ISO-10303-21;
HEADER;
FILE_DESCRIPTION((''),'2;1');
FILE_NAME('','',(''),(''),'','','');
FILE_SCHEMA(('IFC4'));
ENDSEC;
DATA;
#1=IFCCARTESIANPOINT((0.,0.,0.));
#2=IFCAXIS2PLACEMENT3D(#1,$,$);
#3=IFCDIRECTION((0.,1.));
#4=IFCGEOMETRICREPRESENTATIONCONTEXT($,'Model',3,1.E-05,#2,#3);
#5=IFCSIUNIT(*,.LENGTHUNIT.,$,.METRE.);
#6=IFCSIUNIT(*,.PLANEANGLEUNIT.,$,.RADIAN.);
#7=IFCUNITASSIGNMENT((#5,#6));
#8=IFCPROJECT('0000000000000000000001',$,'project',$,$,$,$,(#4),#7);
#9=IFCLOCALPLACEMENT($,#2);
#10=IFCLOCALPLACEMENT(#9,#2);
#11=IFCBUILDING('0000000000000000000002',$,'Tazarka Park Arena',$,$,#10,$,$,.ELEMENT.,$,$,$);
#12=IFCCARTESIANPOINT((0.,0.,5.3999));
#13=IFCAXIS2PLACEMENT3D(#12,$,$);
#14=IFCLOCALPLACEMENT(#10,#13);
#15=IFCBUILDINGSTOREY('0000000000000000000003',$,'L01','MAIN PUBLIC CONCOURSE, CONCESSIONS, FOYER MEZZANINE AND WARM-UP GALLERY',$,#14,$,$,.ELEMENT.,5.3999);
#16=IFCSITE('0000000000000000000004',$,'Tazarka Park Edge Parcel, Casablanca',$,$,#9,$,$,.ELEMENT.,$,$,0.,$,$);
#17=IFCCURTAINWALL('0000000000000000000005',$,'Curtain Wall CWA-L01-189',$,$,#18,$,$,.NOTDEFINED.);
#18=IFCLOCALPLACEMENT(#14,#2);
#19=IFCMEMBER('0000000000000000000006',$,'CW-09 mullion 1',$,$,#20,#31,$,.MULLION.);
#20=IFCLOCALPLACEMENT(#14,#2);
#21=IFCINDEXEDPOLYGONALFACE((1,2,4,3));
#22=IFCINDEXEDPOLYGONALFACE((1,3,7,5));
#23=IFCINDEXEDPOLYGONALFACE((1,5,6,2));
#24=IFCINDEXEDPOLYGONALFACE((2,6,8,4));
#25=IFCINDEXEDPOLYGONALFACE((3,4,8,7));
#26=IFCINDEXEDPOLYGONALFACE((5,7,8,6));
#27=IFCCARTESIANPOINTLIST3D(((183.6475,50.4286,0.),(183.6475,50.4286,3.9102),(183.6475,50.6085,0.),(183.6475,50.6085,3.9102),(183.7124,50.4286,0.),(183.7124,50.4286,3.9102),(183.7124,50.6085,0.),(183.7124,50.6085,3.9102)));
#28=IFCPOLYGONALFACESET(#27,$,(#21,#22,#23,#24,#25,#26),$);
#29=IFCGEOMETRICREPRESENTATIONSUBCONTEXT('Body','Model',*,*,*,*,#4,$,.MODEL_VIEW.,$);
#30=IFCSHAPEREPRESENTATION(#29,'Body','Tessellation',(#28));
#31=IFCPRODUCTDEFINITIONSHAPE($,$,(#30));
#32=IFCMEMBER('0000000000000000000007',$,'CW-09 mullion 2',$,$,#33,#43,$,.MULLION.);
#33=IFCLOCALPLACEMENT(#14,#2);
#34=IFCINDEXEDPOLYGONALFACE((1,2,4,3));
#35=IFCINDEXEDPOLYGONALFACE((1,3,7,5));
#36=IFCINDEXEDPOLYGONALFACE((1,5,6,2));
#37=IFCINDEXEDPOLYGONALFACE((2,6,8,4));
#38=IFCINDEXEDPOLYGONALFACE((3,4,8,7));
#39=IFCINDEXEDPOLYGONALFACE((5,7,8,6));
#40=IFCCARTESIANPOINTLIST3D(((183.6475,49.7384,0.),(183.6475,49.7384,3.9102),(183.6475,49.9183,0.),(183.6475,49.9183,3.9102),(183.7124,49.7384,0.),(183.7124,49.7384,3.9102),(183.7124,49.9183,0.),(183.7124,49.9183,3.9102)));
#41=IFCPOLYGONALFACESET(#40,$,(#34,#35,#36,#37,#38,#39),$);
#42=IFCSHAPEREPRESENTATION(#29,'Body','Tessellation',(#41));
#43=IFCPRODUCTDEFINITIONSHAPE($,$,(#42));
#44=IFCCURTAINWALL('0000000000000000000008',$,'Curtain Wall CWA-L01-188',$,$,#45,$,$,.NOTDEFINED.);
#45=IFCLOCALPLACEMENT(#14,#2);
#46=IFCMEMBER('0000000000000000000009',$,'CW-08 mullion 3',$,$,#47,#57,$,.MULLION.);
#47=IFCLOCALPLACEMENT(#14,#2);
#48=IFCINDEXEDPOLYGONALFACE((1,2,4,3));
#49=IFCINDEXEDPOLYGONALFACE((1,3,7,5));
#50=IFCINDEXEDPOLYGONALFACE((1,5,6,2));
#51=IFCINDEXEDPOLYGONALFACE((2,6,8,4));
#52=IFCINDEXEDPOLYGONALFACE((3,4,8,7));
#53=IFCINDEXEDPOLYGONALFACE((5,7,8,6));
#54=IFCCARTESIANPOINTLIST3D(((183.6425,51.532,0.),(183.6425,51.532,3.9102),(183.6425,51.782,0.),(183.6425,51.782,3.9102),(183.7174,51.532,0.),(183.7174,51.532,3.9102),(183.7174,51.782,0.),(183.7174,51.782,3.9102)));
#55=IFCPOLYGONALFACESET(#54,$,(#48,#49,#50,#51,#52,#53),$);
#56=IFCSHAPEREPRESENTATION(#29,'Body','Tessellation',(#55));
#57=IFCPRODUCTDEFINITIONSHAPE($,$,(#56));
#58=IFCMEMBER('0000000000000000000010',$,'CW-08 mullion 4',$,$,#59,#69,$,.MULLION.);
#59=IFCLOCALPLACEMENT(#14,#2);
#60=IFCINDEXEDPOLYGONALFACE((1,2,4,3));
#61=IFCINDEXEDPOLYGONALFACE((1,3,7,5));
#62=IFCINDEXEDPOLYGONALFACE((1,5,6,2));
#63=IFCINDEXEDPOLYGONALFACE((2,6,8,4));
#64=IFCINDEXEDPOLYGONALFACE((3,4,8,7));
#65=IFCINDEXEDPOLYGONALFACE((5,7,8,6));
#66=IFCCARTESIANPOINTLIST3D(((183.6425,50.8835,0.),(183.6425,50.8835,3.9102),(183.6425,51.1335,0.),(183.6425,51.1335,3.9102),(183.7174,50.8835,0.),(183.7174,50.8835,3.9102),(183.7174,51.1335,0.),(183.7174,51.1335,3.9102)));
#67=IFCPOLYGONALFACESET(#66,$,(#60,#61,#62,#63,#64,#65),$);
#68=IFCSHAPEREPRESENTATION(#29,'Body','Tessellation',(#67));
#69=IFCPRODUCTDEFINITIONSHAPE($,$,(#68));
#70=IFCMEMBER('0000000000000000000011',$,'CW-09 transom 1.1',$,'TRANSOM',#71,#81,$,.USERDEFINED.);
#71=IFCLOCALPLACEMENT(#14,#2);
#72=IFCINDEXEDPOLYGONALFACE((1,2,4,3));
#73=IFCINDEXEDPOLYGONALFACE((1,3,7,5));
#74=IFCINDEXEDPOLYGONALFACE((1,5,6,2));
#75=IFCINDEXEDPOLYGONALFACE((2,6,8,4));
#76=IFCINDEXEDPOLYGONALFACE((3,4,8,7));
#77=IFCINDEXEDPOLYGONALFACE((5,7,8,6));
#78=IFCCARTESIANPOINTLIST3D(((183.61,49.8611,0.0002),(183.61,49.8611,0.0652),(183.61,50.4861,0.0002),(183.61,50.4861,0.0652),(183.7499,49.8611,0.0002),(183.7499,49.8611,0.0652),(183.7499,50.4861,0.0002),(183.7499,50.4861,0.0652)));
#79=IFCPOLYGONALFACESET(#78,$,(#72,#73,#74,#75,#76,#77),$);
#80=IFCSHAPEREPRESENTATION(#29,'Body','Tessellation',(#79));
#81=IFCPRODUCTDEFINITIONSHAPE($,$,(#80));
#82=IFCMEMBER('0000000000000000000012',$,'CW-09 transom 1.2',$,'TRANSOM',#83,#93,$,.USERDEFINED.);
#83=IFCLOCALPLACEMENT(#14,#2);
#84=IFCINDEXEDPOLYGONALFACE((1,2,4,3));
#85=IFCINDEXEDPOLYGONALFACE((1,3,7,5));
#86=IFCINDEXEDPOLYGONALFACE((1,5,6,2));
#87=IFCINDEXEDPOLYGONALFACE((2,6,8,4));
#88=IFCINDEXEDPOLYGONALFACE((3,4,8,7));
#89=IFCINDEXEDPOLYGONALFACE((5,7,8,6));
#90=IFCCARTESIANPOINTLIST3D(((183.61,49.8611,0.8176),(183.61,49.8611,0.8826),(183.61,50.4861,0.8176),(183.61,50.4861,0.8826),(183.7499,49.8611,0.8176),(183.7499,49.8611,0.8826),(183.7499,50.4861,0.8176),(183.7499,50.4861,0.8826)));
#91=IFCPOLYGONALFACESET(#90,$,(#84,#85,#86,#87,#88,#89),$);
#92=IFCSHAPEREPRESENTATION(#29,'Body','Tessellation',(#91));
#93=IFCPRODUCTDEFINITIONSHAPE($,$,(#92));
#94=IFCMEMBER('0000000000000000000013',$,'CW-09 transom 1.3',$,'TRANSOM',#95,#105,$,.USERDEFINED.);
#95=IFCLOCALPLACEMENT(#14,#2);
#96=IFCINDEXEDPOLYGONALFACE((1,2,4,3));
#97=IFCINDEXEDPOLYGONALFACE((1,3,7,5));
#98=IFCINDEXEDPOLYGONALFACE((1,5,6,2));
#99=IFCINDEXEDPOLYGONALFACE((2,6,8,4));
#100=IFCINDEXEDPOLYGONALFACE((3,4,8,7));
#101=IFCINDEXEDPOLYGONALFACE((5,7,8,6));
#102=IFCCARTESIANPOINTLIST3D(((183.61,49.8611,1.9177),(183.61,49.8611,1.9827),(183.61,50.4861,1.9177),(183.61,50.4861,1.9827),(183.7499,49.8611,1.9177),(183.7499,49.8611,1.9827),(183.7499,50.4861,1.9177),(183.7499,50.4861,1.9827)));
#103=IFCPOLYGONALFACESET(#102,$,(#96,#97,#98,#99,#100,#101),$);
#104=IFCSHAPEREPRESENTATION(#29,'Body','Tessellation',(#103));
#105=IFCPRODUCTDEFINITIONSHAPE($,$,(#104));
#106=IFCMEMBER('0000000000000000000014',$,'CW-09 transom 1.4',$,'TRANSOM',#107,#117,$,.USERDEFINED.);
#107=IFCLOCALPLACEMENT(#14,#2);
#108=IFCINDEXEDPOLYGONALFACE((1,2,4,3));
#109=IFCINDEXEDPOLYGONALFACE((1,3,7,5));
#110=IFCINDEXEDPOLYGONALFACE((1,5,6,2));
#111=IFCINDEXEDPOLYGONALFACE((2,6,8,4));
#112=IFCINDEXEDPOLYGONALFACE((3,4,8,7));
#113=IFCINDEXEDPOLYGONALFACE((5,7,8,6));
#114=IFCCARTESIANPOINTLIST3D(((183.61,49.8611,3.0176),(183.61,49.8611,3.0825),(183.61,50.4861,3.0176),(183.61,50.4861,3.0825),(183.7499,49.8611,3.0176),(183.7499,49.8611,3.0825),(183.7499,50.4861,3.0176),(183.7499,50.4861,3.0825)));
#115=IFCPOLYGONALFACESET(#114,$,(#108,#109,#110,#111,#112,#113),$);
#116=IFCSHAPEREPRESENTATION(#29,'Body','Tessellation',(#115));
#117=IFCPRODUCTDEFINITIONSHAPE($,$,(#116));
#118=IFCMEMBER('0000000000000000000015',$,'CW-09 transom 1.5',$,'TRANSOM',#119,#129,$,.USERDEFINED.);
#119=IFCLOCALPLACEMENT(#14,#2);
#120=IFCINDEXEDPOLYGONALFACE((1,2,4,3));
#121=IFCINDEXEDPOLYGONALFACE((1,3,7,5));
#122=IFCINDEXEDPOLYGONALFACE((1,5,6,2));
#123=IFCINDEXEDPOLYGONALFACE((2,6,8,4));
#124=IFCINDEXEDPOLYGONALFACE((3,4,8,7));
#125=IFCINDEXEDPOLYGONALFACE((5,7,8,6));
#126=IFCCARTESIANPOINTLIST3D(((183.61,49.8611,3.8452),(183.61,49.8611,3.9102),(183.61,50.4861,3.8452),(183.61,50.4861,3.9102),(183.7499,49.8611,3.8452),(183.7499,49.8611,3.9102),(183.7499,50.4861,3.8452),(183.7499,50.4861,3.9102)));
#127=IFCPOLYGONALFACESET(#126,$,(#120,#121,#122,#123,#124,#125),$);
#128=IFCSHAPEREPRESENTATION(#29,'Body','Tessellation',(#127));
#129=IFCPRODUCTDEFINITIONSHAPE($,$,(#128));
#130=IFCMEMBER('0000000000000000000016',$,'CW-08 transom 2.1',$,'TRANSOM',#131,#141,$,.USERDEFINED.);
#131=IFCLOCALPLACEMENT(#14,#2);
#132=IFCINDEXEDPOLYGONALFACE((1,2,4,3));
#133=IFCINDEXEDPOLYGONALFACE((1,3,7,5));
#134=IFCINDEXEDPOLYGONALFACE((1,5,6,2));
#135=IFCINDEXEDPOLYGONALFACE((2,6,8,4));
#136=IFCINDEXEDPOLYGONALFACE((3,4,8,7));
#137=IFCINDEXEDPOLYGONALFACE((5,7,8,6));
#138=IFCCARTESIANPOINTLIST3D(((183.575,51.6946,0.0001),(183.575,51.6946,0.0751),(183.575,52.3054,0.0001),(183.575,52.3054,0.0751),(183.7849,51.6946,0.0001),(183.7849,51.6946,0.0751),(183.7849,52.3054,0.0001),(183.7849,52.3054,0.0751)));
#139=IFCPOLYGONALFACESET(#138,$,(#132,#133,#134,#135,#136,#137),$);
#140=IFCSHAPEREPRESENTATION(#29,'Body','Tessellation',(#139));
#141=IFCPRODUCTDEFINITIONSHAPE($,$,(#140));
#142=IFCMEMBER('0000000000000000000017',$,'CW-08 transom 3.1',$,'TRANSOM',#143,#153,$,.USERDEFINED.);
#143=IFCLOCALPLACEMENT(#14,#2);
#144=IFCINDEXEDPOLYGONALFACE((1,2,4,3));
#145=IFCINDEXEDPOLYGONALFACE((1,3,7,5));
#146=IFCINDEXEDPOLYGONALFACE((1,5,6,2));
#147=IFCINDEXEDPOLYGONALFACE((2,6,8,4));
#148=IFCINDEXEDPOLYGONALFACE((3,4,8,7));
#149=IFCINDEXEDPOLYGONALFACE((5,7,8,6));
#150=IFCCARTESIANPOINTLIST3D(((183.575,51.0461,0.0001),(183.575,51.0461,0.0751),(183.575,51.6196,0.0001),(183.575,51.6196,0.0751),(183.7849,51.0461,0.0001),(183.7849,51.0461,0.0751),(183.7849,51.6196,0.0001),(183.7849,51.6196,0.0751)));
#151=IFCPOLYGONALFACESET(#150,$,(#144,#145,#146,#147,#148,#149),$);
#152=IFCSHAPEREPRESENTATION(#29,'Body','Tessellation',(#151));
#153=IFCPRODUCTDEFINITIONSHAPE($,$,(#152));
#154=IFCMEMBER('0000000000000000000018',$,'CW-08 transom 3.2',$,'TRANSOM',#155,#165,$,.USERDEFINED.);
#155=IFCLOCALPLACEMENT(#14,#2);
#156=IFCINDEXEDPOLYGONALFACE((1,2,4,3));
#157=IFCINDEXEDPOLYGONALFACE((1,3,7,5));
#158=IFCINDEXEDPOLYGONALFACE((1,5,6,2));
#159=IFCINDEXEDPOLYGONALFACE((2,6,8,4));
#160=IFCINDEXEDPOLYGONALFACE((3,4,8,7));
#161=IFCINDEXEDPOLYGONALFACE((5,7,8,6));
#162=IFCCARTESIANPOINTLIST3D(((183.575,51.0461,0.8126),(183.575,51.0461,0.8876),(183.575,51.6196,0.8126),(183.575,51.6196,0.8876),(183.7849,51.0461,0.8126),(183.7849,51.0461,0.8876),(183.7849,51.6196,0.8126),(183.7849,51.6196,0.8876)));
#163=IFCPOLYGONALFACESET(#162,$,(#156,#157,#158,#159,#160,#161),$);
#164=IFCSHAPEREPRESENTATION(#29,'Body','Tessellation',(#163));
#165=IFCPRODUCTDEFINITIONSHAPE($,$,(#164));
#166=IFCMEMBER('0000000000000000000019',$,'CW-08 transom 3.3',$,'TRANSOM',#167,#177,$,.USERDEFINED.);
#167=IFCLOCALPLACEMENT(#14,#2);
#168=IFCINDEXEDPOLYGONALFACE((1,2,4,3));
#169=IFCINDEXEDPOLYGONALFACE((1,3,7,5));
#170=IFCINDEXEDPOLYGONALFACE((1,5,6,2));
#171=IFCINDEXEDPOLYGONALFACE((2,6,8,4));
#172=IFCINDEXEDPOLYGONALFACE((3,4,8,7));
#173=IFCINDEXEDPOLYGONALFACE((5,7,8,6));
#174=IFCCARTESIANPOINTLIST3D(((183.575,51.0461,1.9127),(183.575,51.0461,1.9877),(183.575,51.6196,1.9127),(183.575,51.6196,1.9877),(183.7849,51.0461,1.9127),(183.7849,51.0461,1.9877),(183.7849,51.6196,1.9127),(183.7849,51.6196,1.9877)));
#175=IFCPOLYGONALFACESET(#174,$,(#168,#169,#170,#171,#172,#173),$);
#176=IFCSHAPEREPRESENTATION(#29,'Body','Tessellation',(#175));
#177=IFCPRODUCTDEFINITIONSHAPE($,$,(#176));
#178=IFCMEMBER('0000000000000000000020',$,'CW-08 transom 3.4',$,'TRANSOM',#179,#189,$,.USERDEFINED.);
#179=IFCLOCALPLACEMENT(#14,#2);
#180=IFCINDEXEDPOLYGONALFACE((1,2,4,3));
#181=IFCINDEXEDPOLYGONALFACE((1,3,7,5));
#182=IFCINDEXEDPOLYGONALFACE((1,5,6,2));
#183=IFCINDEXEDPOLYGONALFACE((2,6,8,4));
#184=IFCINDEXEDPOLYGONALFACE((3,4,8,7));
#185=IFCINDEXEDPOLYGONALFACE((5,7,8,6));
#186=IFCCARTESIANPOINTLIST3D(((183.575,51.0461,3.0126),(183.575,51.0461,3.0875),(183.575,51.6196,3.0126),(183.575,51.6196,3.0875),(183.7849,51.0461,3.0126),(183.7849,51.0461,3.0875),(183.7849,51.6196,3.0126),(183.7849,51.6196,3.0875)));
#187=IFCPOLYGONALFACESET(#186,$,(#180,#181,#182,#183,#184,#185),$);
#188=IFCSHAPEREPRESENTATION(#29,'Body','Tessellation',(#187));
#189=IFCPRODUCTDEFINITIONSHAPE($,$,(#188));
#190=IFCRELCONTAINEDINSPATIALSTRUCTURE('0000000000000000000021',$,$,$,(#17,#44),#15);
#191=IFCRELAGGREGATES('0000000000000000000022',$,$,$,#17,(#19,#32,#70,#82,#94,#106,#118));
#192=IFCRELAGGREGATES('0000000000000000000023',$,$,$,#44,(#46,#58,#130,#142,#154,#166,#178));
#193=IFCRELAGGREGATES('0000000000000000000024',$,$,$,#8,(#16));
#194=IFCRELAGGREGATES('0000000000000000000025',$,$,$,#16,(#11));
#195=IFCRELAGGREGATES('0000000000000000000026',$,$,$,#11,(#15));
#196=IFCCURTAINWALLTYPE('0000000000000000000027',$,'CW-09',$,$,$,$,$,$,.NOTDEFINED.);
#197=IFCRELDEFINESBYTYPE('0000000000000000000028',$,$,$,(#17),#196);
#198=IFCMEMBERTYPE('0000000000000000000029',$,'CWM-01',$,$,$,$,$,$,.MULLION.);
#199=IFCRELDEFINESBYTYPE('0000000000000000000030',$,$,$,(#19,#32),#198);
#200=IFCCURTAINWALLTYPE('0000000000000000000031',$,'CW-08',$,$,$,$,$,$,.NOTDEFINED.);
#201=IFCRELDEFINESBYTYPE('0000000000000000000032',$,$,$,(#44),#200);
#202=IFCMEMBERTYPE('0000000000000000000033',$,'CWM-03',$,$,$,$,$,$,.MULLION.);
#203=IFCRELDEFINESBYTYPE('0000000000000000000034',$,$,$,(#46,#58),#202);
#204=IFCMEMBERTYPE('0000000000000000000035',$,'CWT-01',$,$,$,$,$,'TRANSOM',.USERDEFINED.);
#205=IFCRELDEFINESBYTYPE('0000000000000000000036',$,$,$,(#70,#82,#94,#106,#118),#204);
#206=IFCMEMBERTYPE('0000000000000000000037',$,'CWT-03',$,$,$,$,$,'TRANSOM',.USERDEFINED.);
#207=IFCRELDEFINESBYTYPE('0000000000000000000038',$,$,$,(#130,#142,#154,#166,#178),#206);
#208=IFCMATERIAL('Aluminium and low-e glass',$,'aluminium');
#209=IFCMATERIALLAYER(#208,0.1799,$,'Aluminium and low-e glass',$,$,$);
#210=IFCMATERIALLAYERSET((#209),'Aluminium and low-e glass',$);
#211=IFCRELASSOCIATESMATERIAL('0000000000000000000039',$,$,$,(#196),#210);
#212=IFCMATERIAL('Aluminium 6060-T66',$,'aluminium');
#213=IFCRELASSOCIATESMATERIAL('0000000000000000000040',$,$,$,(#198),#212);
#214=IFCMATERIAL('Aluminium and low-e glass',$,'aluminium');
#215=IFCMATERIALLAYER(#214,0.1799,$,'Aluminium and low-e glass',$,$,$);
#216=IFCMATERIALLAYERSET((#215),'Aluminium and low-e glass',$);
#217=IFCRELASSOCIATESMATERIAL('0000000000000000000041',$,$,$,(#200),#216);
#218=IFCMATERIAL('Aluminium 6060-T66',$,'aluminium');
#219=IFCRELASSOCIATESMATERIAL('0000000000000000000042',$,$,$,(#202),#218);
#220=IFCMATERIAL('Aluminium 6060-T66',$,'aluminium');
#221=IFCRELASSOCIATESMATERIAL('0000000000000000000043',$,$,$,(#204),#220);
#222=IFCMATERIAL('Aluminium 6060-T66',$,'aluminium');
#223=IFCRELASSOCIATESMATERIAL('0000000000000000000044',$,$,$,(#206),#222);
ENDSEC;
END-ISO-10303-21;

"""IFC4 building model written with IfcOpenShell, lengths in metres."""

from ifc_helpers import new_model, si_unit, direction, frame, origin, origin_2d, place, context, subcontext, project, spatial, rectangle, extrude, material, layer, layer_set, material_profile, profile_set, type_object, element, aggregate, save


model = new_model("IFC4")

# Units and contexts
model_context = context("Model", 3, precision=1e-05, world=origin(), true_north=direction((0.0, 1.0)))
body_context = subcontext(model_context, "Body", "Model", "MODEL_VIEW")
ifc_project = project(units=[si_unit("LENGTHUNIT", "METRE"), si_unit("PLANEANGLEUNIT", "RADIAN")], contexts=[model_context])

# Site, building, storey
site_placement = place(None, origin())
site = spatial("IfcSite", under=ifc_project, at=site_placement, Name="Tazarka Park Edge Parcel, Casablanca", CompositionType="ELEMENT", RefElevation=0.0)
building_placement = place(site_placement, origin())
building = spatial("IfcBuilding", under=site, at=building_placement, Name="Tazarka Park Arena", CompositionType="ELEMENT")
storey_placement = place(building_placement, frame((0.0, 0.0, 5.3999)))
storey = spatial("IfcBuildingStorey", under=building, at=storey_placement, Name="L01", Description="MAIN PUBLIC CONCOURSE, CONCESSIONS, FOYER MEZZANINE AND WARM-UP GALLERY", CompositionType="ELEMENT", Elevation=5.3999)

# Curtain walls, members
ifc_material_1 = material(Name="Aluminium and low-e glass", Category="aluminium")
ifc_layer_1 = layer(ifc_material_1, 0.1799, Name="Aluminium and low-e glass")
ifc_layer_set_1 = layer_set([ifc_layer_1], Name="Aluminium and low-e glass")
curtain_wall_type_1 = type_object("IfcCurtainWallType", Name="CW-09", PredefinedType="NOTDEFINED", material=ifc_layer_set_1)
curtain_wall_1_placement = place(storey_placement, origin())
curtain_wall_1 = element("IfcCurtainWall", 1, at=curtain_wall_1_placement, inside=storey, type_object=curtain_wall_type_1, Name="Curtain Wall CWA-L01-189", PredefinedType="NOTDEFINED")
ifc_material_2 = material(Name="Aluminium 6060-T66", Category="aluminium")
ifc_material_profile_1 = material_profile(ifc_material_2, rectangle(XDim=0.0649, YDim=0.1799, at=origin_2d()), Name="Aluminium 6060-T66")
ifc_profile_set_1 = profile_set([ifc_material_profile_1], Name="Aluminium 6060-T66")
member_type_1 = type_object("IfcMemberType", Name="CWM-01", PredefinedType="MULLION", material=ifc_profile_set_1)
member_1_placement = place(storey_placement, frame((183.6799, 50.5186, 0.0), z_axis=(0.0, 0.0, 1.0), x_axis=(1.0, 0.0, 0.0)))
member_1 = element("IfcMember", 2, at=member_1_placement, type_object=member_type_1, Name="CW-09 mullion 1", PredefinedType="MULLION", context=body_context, shape_type="SweptSolid", body=[
    extrude(rectangle(XDim=0.0649, YDim=0.1799, at=origin_2d()), origin(), (0.0, 0.0, 1.0), 3.9102),
])
member_2_placement = place(storey_placement, frame((183.6799, 49.8284, 0.0), z_axis=(0.0, 0.0, 1.0), x_axis=(1.0, 0.0, 0.0)))
member_2 = element("IfcMember", 3, at=member_2_placement, type_object=member_type_1, Name="CW-09 mullion 2", PredefinedType="MULLION", context=body_context, shape_type="SweptSolid", body=[
    extrude(rectangle(XDim=0.0649, YDim=0.1799, at=origin_2d()), origin(), (0.0, 0.0, 1.0), 3.9102),
])
ifc_material_3 = material(Name="Aluminium and low-e glass", Category="aluminium")
ifc_layer_2 = layer(ifc_material_3, 0.1799, Name="Aluminium and low-e glass")
ifc_layer_set_2 = layer_set([ifc_layer_2], Name="Aluminium and low-e glass")
curtain_wall_type_2 = type_object("IfcCurtainWallType", Name="CW-08", PredefinedType="NOTDEFINED", material=ifc_layer_set_2)
curtain_wall_2_placement = place(storey_placement, origin())
curtain_wall_2 = element("IfcCurtainWall", 4, at=curtain_wall_2_placement, inside=storey, type_object=curtain_wall_type_2, Name="Curtain Wall CWA-L01-188", PredefinedType="NOTDEFINED")
ifc_material_4 = material(Name="Aluminium 6060-T66", Category="aluminium")
ifc_material_profile_2 = material_profile(ifc_material_4, rectangle(XDim=0.075, YDim=0.25, at=origin_2d()), Name="Aluminium 6060-T66")
ifc_profile_set_2 = profile_set([ifc_material_profile_2], Name="Aluminium 6060-T66")
member_type_2 = type_object("IfcMemberType", Name="CWM-03", PredefinedType="MULLION", material=ifc_profile_set_2)
member_3_placement = place(storey_placement, frame((183.6799, 51.657, 0.0), z_axis=(0.0, 0.0, 1.0), x_axis=(1.0, 0.0, 0.0)))
member_3 = element("IfcMember", 5, at=member_3_placement, type_object=member_type_2, Name="CW-08 mullion 3", PredefinedType="MULLION", context=body_context, shape_type="SweptSolid", body=[
    extrude(rectangle(XDim=0.075, YDim=0.25, at=origin_2d()), origin(), (0.0, 0.0, 1.0), 3.9102),
])
member_4_placement = place(storey_placement, frame((183.6799, 51.0085, 0.0), z_axis=(0.0, 0.0, 1.0), x_axis=(1.0, 0.0, 0.0)))
member_4 = element("IfcMember", 6, at=member_4_placement, type_object=member_type_2, Name="CW-08 mullion 4", PredefinedType="MULLION", context=body_context, shape_type="SweptSolid", body=[
    extrude(rectangle(XDim=0.075, YDim=0.25, at=origin_2d()), origin(), (0.0, 0.0, 1.0), 3.9102),
])

# Members
ifc_material_5 = material(Name="Aluminium 6060-T66", Category="aluminium")
ifc_material_profile_3 = material_profile(ifc_material_5, rectangle(XDim=0.1399, YDim=0.0649, at=origin_2d()), Name="Aluminium 6060-T66")
ifc_profile_set_3 = profile_set([ifc_material_profile_3], Name="Aluminium 6060-T66")
member_type_3 = type_object("IfcMemberType", Name="CWT-01", ElementType="TRANSOM", PredefinedType="USERDEFINED", material=ifc_profile_set_3)
member_5_placement = place(storey_placement, frame((183.6799, 50.4861, 0.0327), z_axis=(0.0, -1.0, 0.0), x_axis=(1.0, 0.0, 0.0)))
member_5 = element("IfcMember", 7, at=member_5_placement, type_object=member_type_3, Name="CW-09 transom 1.1", ObjectType="TRANSOM", PredefinedType="USERDEFINED", context=body_context, shape_type="SweptSolid", body=[
    extrude(rectangle(XDim=0.1399, YDim=0.0649, at=origin_2d()), origin(), (0.0, 0.0, 1.0), 0.625),
])
member_6_placement = place(storey_placement, frame((183.6799, 50.4861, 0.8501), z_axis=(0.0, -1.0, 0.0), x_axis=(1.0, 0.0, 0.0)))
member_6 = element("IfcMember", 8, at=member_6_placement, type_object=member_type_3, Name="CW-09 transom 1.2", ObjectType="TRANSOM", PredefinedType="USERDEFINED", context=body_context, shape_type="SweptSolid", body=[
    extrude(rectangle(XDim=0.1399, YDim=0.0649, at=origin_2d()), origin(), (0.0, 0.0, 1.0), 0.625),
])
member_7_placement = place(storey_placement, frame((183.6799, 50.4861, 1.9502), z_axis=(0.0, -1.0, 0.0), x_axis=(1.0, 0.0, 0.0)))
member_7 = element("IfcMember", 9, at=member_7_placement, type_object=member_type_3, Name="CW-09 transom 1.3", ObjectType="TRANSOM", PredefinedType="USERDEFINED", context=body_context, shape_type="SweptSolid", body=[
    extrude(rectangle(XDim=0.1399, YDim=0.0649, at=origin_2d()), origin(), (0.0, 0.0, 1.0), 0.625),
])
member_8_placement = place(storey_placement, frame((183.6799, 50.4861, 3.05), z_axis=(0.0, -1.0, 0.0), x_axis=(1.0, 0.0, 0.0)))
member_8 = element("IfcMember", 10, at=member_8_placement, type_object=member_type_3, Name="CW-09 transom 1.4", ObjectType="TRANSOM", PredefinedType="USERDEFINED", context=body_context, shape_type="SweptSolid", body=[
    extrude(rectangle(XDim=0.1399, YDim=0.0649, at=origin_2d()), origin(), (0.0, 0.0, 1.0), 0.625),
])
member_9_placement = place(storey_placement, frame((183.6799, 50.4861, 3.8777), z_axis=(0.0, -1.0, 0.0), x_axis=(1.0, 0.0, 0.0)))
member_9 = element("IfcMember", 11, at=member_9_placement, type_object=member_type_3, Name="CW-09 transom 1.5", ObjectType="TRANSOM", PredefinedType="USERDEFINED", context=body_context, shape_type="SweptSolid", body=[
    extrude(rectangle(XDim=0.1399, YDim=0.0649, at=origin_2d()), origin(), (0.0, 0.0, 1.0), 0.625),
])
ifc_material_6 = material(Name="Aluminium 6060-T66", Category="aluminium")
ifc_material_profile_4 = material_profile(ifc_material_6, rectangle(XDim=0.21, YDim=0.075, at=origin_2d()), Name="Aluminium 6060-T66")
ifc_profile_set_4 = profile_set([ifc_material_profile_4], Name="Aluminium 6060-T66")
member_type_4 = type_object("IfcMemberType", Name="CWT-03", ElementType="TRANSOM", PredefinedType="USERDEFINED", material=ifc_profile_set_4)
member_10_placement = place(storey_placement, frame((183.6799, 52.3054, 0.0376), z_axis=(0.0, -1.0, 0.0), x_axis=(1.0, 0.0, 0.0)))
member_10 = element("IfcMember", 12, at=member_10_placement, type_object=member_type_4, Name="CW-08 transom 2.1", ObjectType="TRANSOM", PredefinedType="USERDEFINED", context=body_context, shape_type="SweptSolid", body=[
    extrude(rectangle(XDim=0.21, YDim=0.075, at=origin_2d()), origin(), (0.0, 0.0, 1.0), 0.6108),
])
member_11_placement = place(storey_placement, frame((183.6799, 51.6196, 0.0376), z_axis=(0.0, -1.0, 0.0), x_axis=(1.0, 0.0, 0.0)))
member_11 = element("IfcMember", 13, at=member_11_placement, type_object=member_type_4, Name="CW-08 transom 3.1", ObjectType="TRANSOM", PredefinedType="USERDEFINED", context=body_context, shape_type="SweptSolid", body=[
    extrude(rectangle(XDim=0.21, YDim=0.075, at=origin_2d()), origin(), (0.0, 0.0, 1.0), 0.5735),
])
member_12_placement = place(storey_placement, frame((183.6799, 51.6196, 0.8501), z_axis=(0.0, -1.0, 0.0), x_axis=(1.0, 0.0, 0.0)))
member_12 = element("IfcMember", 14, at=member_12_placement, type_object=member_type_4, Name="CW-08 transom 3.2", ObjectType="TRANSOM", PredefinedType="USERDEFINED", context=body_context, shape_type="SweptSolid", body=[
    extrude(rectangle(XDim=0.21, YDim=0.075, at=origin_2d()), origin(), (0.0, 0.0, 1.0), 0.5735),
])
member_13_placement = place(storey_placement, frame((183.6799, 51.6196, 1.9502), z_axis=(0.0, -1.0, 0.0), x_axis=(1.0, 0.0, 0.0)))
member_13 = element("IfcMember", 15, at=member_13_placement, type_object=member_type_4, Name="CW-08 transom 3.3", ObjectType="TRANSOM", PredefinedType="USERDEFINED", context=body_context, shape_type="SweptSolid", body=[
    extrude(rectangle(XDim=0.21, YDim=0.075, at=origin_2d()), origin(), (0.0, 0.0, 1.0), 0.5735),
])
member_14_placement = place(storey_placement, frame((183.6799, 51.6196, 3.05), z_axis=(0.0, -1.0, 0.0), x_axis=(1.0, 0.0, 0.0)))
member_14 = element("IfcMember", 16, at=member_14_placement, type_object=member_type_4, Name="CW-08 transom 3.4", ObjectType="TRANSOM", PredefinedType="USERDEFINED", context=body_context, shape_type="SweptSolid", body=[
    extrude(rectangle(XDim=0.21, YDim=0.075, at=origin_2d()), origin(), (0.0, 0.0, 1.0), 0.5735),
])

aggregate(curtain_wall_1, [member_1, member_2, member_5, member_6, member_7, member_8, member_9])
aggregate(curtain_wall_2, [member_3, member_4, member_10, member_11, member_12, member_13, member_14])

save(model, "model.ifc")
